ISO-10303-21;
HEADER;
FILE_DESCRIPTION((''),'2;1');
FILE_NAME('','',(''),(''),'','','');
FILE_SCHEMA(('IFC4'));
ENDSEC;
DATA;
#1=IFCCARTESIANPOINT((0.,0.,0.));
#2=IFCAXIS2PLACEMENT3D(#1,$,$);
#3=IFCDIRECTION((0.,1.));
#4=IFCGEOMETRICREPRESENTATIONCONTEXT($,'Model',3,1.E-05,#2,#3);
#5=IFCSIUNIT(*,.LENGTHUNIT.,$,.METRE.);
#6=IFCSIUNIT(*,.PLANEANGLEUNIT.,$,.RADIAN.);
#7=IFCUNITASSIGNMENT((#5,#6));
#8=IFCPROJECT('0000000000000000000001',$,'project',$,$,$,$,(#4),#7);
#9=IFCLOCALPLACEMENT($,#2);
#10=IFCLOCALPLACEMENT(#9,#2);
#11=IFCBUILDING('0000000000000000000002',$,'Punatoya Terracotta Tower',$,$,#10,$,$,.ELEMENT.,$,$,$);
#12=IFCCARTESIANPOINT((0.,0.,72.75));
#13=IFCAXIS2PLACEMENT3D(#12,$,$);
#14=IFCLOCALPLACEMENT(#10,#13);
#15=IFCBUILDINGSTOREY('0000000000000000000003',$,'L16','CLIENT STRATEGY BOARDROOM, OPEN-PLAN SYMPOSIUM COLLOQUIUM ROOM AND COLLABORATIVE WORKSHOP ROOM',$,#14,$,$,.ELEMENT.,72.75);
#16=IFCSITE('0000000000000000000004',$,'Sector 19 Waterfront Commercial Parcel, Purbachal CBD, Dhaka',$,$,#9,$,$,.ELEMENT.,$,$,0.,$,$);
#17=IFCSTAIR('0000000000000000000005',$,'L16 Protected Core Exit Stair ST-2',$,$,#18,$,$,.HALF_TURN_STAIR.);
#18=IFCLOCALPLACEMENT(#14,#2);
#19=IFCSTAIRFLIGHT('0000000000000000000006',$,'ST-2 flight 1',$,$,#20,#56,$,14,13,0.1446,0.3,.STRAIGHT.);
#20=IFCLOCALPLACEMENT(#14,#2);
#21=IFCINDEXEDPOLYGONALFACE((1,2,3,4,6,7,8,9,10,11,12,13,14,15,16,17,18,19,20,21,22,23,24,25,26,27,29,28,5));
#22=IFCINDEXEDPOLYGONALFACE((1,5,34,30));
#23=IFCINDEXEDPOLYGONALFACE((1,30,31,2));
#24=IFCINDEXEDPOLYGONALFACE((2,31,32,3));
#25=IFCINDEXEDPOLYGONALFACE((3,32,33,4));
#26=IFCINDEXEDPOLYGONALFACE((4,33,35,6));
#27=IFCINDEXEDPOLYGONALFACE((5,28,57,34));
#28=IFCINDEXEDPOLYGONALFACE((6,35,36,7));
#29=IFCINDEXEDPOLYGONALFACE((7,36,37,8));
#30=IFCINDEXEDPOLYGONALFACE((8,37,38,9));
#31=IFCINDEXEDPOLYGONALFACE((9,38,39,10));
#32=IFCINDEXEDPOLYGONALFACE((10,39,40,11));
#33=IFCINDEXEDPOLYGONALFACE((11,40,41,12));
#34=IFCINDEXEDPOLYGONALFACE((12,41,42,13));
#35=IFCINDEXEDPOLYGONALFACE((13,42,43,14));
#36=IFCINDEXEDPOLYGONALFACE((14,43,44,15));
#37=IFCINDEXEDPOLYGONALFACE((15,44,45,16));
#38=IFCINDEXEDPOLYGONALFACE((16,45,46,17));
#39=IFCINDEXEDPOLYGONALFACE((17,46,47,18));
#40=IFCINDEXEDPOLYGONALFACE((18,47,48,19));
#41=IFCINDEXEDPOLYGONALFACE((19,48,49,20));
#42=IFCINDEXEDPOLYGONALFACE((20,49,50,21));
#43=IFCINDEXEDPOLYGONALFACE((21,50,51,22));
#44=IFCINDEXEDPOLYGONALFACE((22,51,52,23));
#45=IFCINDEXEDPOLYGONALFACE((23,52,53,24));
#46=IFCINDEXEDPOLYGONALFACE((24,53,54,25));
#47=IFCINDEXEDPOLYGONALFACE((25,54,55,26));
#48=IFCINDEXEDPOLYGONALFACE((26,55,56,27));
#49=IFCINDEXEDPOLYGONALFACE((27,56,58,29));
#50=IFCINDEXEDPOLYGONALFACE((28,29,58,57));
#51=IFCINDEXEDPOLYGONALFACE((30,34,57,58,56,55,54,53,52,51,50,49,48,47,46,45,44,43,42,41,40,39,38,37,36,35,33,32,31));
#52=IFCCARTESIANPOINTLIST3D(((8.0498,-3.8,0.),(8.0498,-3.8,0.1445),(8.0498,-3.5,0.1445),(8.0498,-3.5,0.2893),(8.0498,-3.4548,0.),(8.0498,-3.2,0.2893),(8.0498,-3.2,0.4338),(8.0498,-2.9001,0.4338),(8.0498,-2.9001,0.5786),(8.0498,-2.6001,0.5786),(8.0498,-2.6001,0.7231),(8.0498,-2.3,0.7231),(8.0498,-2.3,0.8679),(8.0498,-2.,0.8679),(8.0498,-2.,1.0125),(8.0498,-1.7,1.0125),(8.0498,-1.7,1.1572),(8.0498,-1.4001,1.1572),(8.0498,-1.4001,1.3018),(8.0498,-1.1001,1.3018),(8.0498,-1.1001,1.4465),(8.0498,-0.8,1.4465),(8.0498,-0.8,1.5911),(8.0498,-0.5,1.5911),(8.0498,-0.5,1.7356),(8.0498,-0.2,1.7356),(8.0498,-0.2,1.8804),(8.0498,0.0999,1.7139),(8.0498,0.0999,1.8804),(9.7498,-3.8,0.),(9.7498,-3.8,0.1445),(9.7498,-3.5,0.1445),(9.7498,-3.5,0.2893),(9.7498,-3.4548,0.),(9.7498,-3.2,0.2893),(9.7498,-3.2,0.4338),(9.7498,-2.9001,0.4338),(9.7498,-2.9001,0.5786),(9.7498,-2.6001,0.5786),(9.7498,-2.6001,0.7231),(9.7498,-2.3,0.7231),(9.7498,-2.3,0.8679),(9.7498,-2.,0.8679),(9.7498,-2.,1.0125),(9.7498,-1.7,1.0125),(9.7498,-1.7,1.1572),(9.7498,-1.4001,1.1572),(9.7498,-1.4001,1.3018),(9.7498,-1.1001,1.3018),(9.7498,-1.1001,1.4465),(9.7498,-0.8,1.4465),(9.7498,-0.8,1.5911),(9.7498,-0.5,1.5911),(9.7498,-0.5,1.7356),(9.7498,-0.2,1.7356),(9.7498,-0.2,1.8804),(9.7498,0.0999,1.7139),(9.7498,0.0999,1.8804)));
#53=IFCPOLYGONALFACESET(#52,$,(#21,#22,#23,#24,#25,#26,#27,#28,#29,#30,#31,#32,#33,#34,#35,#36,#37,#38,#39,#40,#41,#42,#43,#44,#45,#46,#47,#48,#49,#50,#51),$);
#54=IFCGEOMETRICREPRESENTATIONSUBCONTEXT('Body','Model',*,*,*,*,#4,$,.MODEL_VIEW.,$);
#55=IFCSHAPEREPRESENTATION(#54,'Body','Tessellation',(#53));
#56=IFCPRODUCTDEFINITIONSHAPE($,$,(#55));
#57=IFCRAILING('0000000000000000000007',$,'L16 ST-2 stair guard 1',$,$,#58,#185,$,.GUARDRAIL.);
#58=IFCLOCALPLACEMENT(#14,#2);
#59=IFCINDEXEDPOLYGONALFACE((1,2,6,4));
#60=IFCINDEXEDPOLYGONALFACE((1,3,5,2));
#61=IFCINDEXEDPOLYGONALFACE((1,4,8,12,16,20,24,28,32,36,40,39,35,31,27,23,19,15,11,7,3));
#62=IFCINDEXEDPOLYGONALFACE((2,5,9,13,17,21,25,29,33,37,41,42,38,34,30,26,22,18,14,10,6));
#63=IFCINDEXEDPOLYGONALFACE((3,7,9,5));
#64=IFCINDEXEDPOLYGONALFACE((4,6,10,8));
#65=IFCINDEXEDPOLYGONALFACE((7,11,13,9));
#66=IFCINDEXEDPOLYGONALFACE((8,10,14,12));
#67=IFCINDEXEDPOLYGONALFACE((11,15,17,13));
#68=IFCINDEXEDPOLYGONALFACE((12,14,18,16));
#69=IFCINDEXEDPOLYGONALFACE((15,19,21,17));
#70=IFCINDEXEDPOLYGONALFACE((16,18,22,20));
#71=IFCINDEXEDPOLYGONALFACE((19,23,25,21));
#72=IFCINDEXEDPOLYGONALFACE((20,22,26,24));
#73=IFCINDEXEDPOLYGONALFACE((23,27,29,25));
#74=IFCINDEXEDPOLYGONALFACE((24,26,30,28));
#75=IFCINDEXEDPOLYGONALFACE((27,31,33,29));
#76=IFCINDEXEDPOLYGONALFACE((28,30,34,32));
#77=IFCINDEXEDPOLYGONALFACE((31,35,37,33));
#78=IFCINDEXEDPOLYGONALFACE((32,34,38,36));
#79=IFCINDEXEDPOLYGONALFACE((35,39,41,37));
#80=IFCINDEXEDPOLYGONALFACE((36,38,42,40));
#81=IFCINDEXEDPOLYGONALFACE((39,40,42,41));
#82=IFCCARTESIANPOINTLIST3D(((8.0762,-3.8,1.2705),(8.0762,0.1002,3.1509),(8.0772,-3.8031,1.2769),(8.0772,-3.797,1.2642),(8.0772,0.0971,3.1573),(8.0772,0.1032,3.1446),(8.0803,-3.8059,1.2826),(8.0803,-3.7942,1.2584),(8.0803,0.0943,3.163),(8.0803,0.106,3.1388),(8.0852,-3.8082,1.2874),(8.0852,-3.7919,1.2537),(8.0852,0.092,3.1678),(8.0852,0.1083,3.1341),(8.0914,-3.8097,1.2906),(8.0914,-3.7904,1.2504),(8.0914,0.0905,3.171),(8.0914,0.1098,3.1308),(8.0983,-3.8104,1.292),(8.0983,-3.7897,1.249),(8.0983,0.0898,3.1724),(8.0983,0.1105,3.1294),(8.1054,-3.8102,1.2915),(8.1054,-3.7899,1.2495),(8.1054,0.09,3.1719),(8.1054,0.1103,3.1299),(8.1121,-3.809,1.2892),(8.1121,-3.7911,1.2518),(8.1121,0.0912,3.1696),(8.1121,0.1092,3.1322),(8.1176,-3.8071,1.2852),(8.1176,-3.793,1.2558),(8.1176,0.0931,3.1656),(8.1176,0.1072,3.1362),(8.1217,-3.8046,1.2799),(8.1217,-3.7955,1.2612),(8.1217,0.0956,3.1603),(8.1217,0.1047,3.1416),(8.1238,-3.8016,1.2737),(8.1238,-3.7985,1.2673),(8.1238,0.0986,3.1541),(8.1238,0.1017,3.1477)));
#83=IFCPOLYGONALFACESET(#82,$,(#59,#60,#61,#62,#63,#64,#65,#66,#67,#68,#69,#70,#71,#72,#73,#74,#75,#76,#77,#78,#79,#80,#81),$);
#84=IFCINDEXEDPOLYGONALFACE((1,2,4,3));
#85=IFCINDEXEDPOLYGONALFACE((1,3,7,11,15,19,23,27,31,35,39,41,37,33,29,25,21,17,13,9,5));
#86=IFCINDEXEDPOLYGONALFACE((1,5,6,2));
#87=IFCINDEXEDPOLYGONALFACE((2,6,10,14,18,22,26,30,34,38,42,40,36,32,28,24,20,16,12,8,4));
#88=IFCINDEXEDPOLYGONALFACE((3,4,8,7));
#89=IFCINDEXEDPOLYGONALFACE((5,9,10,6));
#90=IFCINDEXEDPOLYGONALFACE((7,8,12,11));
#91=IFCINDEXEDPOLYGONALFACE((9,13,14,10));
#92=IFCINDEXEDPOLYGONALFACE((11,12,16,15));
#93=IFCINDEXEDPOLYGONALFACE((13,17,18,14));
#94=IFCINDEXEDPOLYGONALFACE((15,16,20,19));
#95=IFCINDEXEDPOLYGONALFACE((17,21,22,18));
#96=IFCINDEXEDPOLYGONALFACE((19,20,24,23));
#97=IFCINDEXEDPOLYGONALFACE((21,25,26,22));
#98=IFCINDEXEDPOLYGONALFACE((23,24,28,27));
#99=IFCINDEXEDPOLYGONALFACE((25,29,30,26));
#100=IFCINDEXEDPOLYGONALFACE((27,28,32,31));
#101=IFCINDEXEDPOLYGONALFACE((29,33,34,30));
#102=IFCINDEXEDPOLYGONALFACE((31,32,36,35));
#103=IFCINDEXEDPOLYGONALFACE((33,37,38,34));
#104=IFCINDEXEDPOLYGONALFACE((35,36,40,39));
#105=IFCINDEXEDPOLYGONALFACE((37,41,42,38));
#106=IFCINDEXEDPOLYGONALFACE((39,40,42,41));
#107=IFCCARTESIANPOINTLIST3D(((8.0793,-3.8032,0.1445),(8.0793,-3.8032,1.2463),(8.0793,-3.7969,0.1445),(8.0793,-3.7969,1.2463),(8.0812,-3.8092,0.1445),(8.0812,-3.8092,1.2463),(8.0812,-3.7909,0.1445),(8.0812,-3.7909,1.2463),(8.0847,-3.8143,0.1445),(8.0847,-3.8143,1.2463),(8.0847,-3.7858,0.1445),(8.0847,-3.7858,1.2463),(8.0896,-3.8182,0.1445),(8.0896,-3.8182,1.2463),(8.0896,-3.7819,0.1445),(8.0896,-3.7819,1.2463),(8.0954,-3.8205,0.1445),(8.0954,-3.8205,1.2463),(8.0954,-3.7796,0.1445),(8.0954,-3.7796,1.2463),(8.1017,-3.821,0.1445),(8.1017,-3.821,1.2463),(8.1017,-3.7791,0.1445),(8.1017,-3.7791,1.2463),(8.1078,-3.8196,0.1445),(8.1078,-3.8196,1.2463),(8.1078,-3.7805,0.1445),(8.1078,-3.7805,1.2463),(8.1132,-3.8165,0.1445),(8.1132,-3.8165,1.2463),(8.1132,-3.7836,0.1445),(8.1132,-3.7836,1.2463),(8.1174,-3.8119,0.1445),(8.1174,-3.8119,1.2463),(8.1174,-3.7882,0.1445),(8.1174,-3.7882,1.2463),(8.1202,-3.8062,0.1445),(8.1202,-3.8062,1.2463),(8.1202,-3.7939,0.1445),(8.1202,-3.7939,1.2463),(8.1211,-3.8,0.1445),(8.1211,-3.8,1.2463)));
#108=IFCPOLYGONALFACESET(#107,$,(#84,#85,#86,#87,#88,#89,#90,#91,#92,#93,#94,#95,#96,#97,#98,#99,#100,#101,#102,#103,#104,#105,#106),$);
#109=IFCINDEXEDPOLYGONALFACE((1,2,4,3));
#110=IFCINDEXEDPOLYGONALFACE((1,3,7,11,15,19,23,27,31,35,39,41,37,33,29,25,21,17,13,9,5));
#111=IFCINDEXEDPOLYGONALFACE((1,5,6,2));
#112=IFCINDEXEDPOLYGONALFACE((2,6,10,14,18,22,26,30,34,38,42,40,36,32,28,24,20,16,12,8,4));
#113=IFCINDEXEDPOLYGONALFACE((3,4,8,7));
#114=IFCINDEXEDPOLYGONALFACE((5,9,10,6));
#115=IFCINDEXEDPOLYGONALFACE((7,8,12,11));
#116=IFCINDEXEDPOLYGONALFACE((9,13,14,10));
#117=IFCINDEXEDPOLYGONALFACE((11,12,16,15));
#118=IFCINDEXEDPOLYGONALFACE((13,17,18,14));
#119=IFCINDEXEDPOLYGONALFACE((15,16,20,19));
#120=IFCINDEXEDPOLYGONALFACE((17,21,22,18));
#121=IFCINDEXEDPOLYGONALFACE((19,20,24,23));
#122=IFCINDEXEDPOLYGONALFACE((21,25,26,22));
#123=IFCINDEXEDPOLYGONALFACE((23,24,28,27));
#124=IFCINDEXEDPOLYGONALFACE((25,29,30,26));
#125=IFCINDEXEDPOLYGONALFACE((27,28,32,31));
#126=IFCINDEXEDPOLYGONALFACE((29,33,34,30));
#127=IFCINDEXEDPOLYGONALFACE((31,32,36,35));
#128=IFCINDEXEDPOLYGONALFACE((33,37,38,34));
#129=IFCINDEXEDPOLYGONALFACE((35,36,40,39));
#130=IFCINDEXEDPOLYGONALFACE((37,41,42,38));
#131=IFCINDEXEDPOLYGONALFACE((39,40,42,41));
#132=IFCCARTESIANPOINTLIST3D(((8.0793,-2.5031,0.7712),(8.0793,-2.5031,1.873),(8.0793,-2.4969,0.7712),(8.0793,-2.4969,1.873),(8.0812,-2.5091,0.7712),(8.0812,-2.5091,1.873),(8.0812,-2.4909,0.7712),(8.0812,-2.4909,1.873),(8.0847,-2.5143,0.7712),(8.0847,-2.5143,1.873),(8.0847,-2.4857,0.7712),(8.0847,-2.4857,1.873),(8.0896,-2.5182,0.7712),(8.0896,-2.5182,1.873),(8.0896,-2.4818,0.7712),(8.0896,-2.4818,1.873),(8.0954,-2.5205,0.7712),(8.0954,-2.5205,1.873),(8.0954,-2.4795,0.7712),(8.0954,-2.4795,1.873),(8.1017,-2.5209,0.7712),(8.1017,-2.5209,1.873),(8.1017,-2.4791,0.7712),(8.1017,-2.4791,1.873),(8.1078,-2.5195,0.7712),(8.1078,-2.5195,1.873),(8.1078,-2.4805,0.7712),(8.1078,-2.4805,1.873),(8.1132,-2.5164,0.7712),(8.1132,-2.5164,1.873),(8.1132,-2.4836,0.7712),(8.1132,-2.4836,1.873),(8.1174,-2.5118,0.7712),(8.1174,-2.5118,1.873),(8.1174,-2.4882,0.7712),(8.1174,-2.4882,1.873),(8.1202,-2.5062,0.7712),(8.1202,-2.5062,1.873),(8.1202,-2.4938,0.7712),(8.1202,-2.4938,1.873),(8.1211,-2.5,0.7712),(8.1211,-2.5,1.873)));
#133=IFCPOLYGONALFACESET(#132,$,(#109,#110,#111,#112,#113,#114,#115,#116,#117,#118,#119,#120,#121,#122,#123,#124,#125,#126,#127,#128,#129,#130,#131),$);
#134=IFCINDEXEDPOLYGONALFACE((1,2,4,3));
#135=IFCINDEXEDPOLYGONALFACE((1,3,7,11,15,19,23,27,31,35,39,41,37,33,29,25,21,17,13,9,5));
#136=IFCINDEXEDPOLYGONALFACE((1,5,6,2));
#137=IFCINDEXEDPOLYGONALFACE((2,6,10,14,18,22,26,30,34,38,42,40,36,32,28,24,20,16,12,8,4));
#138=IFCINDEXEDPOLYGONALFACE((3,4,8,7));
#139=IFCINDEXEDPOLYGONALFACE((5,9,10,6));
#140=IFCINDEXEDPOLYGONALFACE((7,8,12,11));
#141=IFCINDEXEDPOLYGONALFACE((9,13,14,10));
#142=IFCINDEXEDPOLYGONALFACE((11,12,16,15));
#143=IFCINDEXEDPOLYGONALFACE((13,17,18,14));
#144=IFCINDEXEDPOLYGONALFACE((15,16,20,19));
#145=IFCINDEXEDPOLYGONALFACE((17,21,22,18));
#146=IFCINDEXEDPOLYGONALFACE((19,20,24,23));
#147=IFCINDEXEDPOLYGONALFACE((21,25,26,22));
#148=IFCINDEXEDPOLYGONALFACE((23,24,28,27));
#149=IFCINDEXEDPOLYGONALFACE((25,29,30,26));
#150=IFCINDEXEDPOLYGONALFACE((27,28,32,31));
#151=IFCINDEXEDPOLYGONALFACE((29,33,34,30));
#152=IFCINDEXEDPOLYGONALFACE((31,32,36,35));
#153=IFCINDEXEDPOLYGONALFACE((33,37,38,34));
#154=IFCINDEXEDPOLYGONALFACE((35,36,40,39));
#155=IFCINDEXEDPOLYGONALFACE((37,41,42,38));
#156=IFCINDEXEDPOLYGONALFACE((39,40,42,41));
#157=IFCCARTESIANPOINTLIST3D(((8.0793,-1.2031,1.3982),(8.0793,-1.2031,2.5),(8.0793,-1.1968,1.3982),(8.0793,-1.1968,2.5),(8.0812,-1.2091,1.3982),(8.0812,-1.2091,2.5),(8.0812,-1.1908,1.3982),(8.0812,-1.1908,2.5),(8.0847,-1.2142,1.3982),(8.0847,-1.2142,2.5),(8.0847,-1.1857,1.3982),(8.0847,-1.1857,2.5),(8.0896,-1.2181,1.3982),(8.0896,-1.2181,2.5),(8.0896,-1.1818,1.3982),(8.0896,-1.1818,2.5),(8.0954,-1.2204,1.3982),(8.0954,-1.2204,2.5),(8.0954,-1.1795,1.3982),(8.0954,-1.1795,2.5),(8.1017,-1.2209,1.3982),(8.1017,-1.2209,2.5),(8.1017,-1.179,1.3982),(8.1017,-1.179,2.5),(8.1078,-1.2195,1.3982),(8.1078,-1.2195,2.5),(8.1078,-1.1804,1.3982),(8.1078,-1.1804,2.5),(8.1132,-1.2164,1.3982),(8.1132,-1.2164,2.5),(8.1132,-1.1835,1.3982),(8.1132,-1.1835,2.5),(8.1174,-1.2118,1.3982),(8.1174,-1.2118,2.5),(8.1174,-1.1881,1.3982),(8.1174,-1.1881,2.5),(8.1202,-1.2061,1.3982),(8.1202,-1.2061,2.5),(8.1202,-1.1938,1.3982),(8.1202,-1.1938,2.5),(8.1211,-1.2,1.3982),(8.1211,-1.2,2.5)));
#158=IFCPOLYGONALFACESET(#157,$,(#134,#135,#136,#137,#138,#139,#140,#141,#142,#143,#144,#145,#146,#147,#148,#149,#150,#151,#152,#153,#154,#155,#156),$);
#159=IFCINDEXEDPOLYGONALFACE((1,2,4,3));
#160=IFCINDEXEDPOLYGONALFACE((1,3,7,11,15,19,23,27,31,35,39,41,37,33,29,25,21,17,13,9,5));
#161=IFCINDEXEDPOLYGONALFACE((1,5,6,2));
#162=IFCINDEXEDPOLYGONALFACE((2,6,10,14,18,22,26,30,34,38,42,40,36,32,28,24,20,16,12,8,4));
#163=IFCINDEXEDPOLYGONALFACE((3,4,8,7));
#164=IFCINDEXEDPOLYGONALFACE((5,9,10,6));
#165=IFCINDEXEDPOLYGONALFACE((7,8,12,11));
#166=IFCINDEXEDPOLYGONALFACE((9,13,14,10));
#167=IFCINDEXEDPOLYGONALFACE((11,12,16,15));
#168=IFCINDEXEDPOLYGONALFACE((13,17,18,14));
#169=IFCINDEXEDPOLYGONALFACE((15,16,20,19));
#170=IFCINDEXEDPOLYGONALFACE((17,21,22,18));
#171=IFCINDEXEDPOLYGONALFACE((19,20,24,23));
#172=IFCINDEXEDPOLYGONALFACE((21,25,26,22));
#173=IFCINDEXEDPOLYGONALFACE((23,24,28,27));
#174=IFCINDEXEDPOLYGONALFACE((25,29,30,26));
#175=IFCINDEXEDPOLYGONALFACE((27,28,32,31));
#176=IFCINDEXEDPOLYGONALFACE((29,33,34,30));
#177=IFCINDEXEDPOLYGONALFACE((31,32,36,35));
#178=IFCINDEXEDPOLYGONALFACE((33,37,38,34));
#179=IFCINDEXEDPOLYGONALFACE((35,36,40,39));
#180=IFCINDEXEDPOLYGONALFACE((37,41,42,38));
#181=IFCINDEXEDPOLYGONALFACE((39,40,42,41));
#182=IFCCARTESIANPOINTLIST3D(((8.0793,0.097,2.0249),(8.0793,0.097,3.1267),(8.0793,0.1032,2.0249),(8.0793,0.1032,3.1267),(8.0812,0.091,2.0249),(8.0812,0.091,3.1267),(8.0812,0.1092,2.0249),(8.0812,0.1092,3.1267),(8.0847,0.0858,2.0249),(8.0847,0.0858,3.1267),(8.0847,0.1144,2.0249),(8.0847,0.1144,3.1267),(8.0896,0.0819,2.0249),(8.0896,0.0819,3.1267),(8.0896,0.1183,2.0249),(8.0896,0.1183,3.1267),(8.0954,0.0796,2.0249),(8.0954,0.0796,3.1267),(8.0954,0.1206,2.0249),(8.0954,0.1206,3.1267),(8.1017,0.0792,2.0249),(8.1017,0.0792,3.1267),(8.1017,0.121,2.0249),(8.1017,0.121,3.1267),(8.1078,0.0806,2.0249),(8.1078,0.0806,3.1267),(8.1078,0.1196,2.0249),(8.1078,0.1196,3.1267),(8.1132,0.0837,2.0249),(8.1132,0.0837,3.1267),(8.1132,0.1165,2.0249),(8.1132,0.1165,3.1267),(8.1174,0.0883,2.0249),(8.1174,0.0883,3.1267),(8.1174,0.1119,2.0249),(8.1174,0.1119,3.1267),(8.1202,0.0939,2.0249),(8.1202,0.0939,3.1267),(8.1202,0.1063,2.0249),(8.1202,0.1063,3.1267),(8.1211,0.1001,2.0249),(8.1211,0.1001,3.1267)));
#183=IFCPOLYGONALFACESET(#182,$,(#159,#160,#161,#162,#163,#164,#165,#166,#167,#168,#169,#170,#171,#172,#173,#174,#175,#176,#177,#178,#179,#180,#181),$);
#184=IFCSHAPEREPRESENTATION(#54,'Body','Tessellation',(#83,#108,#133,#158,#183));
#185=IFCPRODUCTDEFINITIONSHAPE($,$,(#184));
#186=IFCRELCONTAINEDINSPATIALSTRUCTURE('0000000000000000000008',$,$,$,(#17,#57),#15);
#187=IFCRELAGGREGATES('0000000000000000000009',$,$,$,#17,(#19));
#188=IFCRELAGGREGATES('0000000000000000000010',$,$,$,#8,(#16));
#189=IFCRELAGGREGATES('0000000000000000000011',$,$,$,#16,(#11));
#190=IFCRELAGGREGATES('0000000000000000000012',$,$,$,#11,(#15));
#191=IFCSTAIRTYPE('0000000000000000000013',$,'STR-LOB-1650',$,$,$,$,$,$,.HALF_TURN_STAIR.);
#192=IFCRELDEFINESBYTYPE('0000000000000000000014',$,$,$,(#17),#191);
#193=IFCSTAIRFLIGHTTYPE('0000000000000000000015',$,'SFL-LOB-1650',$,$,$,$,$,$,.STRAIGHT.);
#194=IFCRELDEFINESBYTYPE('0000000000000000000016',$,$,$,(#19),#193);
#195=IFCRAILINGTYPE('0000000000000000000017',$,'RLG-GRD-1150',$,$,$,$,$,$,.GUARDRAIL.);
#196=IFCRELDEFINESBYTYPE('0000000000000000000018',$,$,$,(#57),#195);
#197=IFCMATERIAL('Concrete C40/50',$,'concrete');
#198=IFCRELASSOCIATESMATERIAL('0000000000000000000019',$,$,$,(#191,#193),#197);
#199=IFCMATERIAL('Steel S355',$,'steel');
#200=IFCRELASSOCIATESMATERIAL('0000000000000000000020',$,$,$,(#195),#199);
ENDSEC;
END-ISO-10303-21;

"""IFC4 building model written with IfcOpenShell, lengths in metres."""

from ifc_helpers import new_model, si_unit, direction, frame, origin, origin_2d, place, context, subcontext, project, spatial, polyline, circle, outline, extrude, material, type_object, element, aggregate, save


model = new_model("IFC4")

# Units and contexts
model_context = context("Model", 3, precision=1e-05, world=origin(), true_north=direction((0.0, 1.0)))
body_context = subcontext(model_context, "Body", "Model", "MODEL_VIEW")
ifc_project = project(units=[si_unit("LENGTHUNIT", "METRE"), si_unit("PLANEANGLEUNIT", "RADIAN")], contexts=[model_context])

# Site, building, storey
site_placement = place(None, origin())
site = spatial("IfcSite", under=ifc_project, at=site_placement, Name="Sector 19 Waterfront Commercial Parcel, Purbachal CBD, Dhaka", CompositionType="ELEMENT", RefElevation=0.0)
building_placement = place(site_placement, origin())
building = spatial("IfcBuilding", under=site, at=building_placement, Name="Punatoya Terracotta Tower", CompositionType="ELEMENT")
storey_placement = place(building_placement, frame((0.0, 0.0, 72.75)))
storey = spatial("IfcBuildingStorey", under=building, at=storey_placement, Name="L16", Description="CLIENT STRATEGY BOARDROOM, OPEN-PLAN SYMPOSIUM COLLOQUIUM ROOM AND COLLABORATIVE WORKSHOP ROOM", CompositionType="ELEMENT", Elevation=72.75)

# Shared definitions
ifc_material_1 = material(Name="Steel S355", Category="steel")

# Stair, stair flight
ifc_material_2 = material(Name="Concrete C40/50", Category="concrete")
stair_type = type_object("IfcStairType", Name="STR-LOB-1650", PredefinedType="HALF_TURN_STAIR", material=ifc_material_2)
stair_placement = place(storey_placement, origin())
stair = element("IfcStair", 1, at=stair_placement, inside=storey, type_object=stair_type, Name="L16 Protected Core Exit Stair ST-2", PredefinedType="HALF_TURN_STAIR")
stair_flight_type = type_object("IfcStairFlightType", Name="SFL-LOB-1650", PredefinedType="STRAIGHT", material=ifc_material_2)
stair_flight_placement = place(storey_placement, frame((8.8999, -3.8, 0.0), z_axis=(0.0, 0.0, 1.0), x_axis=(0.0, 1.0, 0.0)))
stair_flight = element("IfcStairFlight", 2, at=stair_flight_placement, type_object=stair_flight_type, Name="ST-2 flight 1", NumberOfRisers=14, NumberOfTreads=13, PredefinedType="STRAIGHT", RiserHeight=0.1446, TreadLength=0.3, context=body_context, shape_type="SweptSolid", body=[
    extrude(outline(polyline([(0.0, 0.0), (0.0, 0.1445), (0.3, 0.1445), (0.3, 0.2893), (0.6001, 0.2893), (0.6001, 0.4338), (0.8999, 0.4338), (0.8999, 0.5786), (1.2, 0.5786), (1.2, 0.7231), (1.5, 0.7231), (1.5, 0.8679), (1.8, 0.8679), (1.8, 1.0125), (2.1001, 1.0125), (2.1001, 1.1572), (2.3999, 1.1572), (2.3999, 1.3018), (2.7, 1.3018), (2.7, 1.4465), (3.0, 1.4465), (3.0, 1.5911), (3.3, 1.5911), (3.3, 1.7356), (3.6001, 1.7356), (3.6001, 1.8804), (3.8999, 1.8804), (3.8999, 2.0249), (3.8999, 1.7139), (0.3452, 0.0), (0.0, 0.0)])), frame((0.0, 0.8501, 0.0), z_axis=(0.0, -1.0, 0.0), x_axis=(1.0, 0.0, 0.0)), (0.0, 0.0, 1.0), 1.7),
])
aggregate(stair, [stair_flight])

# Railing
railing_type_1 = type_object("IfcRailingType", Name="RLG-GRD-1150", PredefinedType="GUARDRAIL", material=ifc_material_1)
railing_1_placement = place(storey_placement, frame((8.1001, -3.8, 0.1445)))
element("IfcRailing", 3, at=railing_1_placement, inside=storey, type_object=railing_type_1, Name="L16 ST-2 stair guard 1", PredefinedType="GUARDRAIL", context=body_context, shape_type="SweptSolid", body=[
    extrude(circle(Radius=0.0239, at=origin_2d()), frame((0.0, 0.0, 1.126), z_axis=(0.0, 0.900774, 0.434289), x_axis=(-1.0, 0.0, 0.0)), (0.0, 0.0, 1.0), 4.3298),
    extrude(circle(Radius=0.021, at=origin_2d()), origin(), (0.0, 0.0, 1.0), 1.1018),
    extrude(circle(Radius=0.021, at=origin_2d()), frame((0.0, 1.3, 0.6267)), (0.0, 0.0, 1.0), 1.1018),
    extrude(circle(Radius=0.021, at=origin_2d()), frame((0.0, 2.6001, 1.2537)), (0.0, 0.0, 1.0), 1.1018),
    extrude(circle(Radius=0.021, at=origin_2d()), frame((0.0, 3.9001, 1.8804)), (0.0, 0.0, 1.0), 1.1018),
])

save(model, "model.ifc")
